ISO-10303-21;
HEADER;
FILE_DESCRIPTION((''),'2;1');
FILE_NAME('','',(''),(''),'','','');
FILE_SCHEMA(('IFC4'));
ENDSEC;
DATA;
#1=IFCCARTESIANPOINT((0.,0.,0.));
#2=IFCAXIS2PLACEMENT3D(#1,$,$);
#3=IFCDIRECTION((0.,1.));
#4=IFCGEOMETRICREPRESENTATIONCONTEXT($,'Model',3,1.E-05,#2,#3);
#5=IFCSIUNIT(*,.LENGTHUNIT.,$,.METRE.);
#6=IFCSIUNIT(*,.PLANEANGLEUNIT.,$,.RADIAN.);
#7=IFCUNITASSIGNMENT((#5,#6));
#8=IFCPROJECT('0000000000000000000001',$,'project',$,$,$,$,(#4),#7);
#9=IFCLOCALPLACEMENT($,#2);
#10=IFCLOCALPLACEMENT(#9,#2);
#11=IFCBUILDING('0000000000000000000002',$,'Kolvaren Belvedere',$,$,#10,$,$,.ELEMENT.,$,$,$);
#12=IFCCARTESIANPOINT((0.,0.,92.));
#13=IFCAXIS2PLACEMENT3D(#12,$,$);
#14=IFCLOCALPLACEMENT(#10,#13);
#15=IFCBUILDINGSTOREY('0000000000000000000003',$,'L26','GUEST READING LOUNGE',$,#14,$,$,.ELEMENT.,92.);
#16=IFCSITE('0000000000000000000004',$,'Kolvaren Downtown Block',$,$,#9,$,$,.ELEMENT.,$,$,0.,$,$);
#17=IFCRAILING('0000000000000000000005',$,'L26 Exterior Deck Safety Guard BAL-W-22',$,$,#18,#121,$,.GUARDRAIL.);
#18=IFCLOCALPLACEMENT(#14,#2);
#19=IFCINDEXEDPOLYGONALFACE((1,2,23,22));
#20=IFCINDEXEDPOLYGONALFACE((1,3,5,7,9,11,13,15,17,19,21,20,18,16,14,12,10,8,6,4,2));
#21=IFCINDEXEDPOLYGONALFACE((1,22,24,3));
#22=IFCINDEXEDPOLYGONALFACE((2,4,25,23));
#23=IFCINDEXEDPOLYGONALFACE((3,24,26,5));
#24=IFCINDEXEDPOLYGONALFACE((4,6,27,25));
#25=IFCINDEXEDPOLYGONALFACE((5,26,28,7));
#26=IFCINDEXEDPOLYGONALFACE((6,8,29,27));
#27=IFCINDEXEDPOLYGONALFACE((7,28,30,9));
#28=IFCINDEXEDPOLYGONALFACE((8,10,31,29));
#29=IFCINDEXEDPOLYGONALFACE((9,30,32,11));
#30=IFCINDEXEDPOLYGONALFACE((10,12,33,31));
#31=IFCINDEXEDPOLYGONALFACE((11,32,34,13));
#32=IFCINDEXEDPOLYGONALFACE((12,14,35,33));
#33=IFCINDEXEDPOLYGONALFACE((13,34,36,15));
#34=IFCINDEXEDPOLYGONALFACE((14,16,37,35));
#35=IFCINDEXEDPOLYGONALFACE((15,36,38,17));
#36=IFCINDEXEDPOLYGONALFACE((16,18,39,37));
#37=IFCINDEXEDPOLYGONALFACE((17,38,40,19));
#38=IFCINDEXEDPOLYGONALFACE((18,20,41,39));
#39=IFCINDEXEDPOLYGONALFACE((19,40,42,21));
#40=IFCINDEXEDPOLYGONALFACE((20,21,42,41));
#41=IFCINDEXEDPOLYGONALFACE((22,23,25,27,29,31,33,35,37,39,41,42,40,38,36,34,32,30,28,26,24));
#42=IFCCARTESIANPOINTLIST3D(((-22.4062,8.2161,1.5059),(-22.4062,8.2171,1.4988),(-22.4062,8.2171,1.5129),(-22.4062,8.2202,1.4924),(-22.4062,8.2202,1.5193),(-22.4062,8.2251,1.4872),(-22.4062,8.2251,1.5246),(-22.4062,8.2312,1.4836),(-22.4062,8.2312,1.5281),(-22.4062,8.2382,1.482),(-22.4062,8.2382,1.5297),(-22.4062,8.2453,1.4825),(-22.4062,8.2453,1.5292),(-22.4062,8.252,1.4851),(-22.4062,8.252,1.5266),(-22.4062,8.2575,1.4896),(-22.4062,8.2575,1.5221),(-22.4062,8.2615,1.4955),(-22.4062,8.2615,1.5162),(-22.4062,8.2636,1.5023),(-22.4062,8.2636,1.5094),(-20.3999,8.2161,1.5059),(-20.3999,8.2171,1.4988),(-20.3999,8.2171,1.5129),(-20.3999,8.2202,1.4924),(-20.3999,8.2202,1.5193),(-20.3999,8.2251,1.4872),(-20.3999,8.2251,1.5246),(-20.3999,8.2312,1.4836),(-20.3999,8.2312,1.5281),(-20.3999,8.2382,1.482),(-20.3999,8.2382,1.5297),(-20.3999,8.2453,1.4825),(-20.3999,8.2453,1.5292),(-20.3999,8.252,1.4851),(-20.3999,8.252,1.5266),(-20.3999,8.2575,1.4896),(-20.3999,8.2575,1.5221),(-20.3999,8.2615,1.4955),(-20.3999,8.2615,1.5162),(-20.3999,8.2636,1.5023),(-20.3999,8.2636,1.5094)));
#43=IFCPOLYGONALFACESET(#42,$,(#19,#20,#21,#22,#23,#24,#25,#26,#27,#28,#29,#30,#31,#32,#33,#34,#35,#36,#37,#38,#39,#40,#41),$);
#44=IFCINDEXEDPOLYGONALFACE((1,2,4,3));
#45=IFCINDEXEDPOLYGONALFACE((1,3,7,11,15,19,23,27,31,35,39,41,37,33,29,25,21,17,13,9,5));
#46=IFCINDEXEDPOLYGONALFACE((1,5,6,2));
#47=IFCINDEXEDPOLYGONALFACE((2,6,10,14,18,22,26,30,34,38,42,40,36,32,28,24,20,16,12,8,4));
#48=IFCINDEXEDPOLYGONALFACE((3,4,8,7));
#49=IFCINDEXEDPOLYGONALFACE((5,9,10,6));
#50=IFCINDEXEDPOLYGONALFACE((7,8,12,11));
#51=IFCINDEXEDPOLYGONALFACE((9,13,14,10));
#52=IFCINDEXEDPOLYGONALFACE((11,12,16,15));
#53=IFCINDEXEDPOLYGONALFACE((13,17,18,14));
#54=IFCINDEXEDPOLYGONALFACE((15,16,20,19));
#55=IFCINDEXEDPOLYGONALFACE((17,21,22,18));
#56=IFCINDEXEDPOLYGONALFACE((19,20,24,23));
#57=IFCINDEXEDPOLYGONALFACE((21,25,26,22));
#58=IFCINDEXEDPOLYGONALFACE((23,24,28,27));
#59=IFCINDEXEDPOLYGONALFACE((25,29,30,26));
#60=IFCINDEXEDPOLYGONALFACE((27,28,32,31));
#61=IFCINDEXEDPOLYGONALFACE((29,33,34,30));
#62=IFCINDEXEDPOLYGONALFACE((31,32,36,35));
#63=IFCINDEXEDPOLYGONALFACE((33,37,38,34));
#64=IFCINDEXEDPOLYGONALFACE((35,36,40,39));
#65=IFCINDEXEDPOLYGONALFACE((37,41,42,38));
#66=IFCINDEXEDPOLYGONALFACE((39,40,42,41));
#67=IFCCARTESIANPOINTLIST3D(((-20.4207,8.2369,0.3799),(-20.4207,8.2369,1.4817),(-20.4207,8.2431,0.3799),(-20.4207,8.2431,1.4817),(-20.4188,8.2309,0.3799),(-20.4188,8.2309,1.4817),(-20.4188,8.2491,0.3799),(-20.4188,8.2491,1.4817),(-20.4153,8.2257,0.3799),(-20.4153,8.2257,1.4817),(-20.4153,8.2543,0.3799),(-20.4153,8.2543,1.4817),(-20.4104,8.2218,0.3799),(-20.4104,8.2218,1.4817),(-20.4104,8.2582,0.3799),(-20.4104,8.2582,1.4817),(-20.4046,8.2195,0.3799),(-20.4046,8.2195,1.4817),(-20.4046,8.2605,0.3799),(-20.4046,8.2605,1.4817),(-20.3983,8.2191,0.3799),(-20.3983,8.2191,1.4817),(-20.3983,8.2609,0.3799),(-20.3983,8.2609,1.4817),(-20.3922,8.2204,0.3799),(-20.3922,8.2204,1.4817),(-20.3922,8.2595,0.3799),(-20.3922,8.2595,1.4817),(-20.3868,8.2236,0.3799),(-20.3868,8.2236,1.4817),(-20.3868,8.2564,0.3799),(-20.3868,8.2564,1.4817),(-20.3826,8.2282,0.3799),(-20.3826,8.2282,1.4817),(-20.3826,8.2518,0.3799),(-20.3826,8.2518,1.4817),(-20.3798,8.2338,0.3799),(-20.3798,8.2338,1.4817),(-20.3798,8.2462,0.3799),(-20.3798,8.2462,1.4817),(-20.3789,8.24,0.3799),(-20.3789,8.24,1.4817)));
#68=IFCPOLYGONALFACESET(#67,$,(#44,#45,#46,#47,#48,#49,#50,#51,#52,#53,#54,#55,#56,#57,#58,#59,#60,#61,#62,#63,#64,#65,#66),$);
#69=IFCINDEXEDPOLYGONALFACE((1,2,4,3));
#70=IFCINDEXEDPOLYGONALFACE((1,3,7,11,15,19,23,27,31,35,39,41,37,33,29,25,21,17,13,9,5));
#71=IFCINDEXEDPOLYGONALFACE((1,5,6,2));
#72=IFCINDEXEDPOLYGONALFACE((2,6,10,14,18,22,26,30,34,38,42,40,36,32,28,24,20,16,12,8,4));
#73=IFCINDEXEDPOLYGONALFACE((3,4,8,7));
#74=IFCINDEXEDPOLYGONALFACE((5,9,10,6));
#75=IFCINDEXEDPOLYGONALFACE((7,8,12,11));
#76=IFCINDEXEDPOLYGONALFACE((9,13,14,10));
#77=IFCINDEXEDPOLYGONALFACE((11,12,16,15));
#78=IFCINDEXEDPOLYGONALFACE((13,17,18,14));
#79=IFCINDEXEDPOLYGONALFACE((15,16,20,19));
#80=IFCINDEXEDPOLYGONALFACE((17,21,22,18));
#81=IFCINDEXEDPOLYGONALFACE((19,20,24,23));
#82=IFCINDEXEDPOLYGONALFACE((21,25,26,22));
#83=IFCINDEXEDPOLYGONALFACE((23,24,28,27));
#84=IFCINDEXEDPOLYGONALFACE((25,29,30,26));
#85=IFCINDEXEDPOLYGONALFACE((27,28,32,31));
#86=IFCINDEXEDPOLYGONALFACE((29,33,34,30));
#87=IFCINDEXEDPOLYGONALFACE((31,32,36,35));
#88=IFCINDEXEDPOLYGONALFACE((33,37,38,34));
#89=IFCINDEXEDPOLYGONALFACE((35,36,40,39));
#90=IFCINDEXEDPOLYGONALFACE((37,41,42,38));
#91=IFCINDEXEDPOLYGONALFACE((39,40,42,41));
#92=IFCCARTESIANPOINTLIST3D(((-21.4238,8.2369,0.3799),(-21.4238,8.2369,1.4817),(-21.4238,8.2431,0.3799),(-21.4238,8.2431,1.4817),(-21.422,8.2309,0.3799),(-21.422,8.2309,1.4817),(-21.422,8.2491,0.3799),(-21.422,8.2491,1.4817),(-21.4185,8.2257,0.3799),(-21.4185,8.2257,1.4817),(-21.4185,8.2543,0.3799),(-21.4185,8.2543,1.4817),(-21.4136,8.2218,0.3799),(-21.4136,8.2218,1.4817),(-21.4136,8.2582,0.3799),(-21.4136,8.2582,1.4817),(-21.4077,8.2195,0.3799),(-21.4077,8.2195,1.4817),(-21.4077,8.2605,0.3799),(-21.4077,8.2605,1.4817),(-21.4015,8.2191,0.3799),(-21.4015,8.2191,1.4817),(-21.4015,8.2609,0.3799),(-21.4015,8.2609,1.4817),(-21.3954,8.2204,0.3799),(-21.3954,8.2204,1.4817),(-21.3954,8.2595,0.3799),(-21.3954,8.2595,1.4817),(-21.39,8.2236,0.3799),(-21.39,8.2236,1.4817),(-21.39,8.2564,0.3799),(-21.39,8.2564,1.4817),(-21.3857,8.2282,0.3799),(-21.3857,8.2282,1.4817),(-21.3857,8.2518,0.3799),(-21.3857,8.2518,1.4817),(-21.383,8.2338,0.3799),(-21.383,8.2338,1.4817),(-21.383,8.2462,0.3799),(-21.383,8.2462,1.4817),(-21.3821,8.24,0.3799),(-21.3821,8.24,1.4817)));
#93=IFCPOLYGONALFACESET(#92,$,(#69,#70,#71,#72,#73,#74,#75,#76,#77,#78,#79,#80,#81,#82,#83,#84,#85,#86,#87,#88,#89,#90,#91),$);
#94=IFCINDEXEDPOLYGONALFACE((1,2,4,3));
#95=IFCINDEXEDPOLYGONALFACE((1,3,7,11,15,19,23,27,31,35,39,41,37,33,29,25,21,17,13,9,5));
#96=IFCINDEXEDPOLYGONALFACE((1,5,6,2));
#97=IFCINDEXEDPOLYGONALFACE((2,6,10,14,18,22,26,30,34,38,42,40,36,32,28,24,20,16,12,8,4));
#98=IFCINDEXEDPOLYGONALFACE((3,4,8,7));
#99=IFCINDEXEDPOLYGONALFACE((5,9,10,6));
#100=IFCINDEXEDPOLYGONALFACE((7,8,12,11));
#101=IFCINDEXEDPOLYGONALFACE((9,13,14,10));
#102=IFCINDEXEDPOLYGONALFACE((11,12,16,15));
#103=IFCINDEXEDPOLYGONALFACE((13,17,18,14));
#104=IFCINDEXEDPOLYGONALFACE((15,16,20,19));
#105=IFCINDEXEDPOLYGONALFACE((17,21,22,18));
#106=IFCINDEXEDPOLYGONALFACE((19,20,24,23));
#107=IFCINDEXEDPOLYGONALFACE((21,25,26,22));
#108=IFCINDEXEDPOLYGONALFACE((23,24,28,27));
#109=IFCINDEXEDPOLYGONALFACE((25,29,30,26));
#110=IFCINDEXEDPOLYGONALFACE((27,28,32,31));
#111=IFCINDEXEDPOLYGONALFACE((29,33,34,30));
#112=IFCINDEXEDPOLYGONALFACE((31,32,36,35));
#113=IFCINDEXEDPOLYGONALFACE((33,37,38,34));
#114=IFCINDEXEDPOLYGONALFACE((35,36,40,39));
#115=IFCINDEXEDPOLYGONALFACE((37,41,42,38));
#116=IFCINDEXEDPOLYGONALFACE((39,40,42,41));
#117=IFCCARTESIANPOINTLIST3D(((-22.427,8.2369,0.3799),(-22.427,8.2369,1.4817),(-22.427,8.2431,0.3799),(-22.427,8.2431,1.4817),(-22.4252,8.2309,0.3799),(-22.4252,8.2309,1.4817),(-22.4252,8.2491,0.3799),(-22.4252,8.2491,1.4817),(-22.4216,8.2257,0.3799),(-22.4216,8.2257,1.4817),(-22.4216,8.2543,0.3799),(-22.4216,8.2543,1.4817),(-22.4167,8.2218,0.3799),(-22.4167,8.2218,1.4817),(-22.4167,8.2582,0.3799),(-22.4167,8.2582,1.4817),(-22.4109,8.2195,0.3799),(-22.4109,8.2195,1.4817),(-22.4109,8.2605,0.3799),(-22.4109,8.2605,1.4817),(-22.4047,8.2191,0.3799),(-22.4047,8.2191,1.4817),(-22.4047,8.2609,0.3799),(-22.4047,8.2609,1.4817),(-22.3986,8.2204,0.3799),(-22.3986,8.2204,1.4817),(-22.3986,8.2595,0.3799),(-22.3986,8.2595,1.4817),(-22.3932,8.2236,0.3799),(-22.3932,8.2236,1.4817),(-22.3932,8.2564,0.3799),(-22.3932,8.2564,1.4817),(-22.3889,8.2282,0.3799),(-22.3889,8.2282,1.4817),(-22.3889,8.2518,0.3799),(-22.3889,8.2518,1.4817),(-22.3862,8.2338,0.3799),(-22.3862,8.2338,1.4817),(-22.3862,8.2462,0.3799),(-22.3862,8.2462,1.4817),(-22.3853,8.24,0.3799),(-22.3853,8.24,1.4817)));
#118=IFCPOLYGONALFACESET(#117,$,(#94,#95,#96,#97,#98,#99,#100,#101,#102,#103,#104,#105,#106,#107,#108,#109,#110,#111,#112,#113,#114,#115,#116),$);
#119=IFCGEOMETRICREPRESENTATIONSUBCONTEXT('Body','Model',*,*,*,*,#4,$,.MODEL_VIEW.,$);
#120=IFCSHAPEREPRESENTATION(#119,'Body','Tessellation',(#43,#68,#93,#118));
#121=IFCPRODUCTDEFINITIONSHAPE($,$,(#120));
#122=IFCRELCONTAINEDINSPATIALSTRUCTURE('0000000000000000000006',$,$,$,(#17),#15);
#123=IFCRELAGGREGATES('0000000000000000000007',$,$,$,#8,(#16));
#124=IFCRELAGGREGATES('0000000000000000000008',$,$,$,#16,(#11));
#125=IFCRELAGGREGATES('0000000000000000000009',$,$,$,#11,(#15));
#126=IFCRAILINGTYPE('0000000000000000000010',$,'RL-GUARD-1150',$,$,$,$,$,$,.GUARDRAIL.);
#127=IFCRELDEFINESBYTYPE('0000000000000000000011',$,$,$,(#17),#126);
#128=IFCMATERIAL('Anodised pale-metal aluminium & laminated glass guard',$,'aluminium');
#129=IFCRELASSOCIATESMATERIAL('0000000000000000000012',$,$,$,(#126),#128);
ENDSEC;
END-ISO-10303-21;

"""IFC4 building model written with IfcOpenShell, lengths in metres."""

from ifc_helpers import new_model, si_unit, direction, frame, origin, origin_2d, place, context, subcontext, project, spatial, circle, extrude, material, type_object, element, save


model = new_model("IFC4")

# Units and contexts
model_context = context("Model", 3, precision=1e-05, world=origin(), true_north=direction((0.0, 1.0)))
body_context = subcontext(model_context, "Body", "Model", "MODEL_VIEW")
ifc_project = project(units=[si_unit("LENGTHUNIT", "METRE"), si_unit("PLANEANGLEUNIT", "RADIAN")], contexts=[model_context])

# Site, building, storey
site_placement = place(None, origin())
site = spatial("IfcSite", under=ifc_project, at=site_placement, Name="Kolvaren Downtown Block", CompositionType="ELEMENT", RefElevation=0.0)
building_placement = place(site_placement, origin())
building = spatial("IfcBuilding", under=site, at=building_placement, Name="Kolvaren Belvedere", CompositionType="ELEMENT")
storey_placement = place(building_placement, frame((0.0, 0.0, 92.0)))
storey = spatial("IfcBuildingStorey", under=building, at=storey_placement, Name="L26", Description="GUEST READING LOUNGE", CompositionType="ELEMENT", Elevation=92.0)

# Railing
ifc_material_1 = material(Name="Anodised pale-metal aluminium & laminated glass guard", Category="aluminium")
railing_type = type_object("IfcRailingType", Name="RL-GUARD-1150", PredefinedType="GUARDRAIL", material=ifc_material_1)
railing_1_placement = place(storey_placement, frame((-20.3999, 8.24, 0.3799)))
element("IfcRailing", 1, at=railing_1_placement, inside=storey, type_object=railing_type, Name="L26 Exterior Deck Safety Guard BAL-W-22", PredefinedType="GUARDRAIL", context=body_context, shape_type="SweptSolid", body=[
    extrude(circle(Radius=0.0239, at=origin_2d()), frame((0.0, 0.0, 1.126), z_axis=(-1.0, 0.0, 0.0), x_axis=(0.0, -1.0, 0.0)), (0.0, 0.0, 1.0), 2.0063),
    extrude(circle(Radius=0.021, at=origin_2d()), origin(), (0.0, 0.0, 1.0), 1.1018),
    extrude(circle(Radius=0.021, at=origin_2d()), frame((-1.0032, 0.0, 0.0)), (0.0, 0.0, 1.0), 1.1018),
    extrude(circle(Radius=0.021, at=origin_2d()), frame((-2.0063, 0.0, 0.0)), (0.0, 0.0, 1.0), 1.1018),
])

save(model, "model.ifc")
